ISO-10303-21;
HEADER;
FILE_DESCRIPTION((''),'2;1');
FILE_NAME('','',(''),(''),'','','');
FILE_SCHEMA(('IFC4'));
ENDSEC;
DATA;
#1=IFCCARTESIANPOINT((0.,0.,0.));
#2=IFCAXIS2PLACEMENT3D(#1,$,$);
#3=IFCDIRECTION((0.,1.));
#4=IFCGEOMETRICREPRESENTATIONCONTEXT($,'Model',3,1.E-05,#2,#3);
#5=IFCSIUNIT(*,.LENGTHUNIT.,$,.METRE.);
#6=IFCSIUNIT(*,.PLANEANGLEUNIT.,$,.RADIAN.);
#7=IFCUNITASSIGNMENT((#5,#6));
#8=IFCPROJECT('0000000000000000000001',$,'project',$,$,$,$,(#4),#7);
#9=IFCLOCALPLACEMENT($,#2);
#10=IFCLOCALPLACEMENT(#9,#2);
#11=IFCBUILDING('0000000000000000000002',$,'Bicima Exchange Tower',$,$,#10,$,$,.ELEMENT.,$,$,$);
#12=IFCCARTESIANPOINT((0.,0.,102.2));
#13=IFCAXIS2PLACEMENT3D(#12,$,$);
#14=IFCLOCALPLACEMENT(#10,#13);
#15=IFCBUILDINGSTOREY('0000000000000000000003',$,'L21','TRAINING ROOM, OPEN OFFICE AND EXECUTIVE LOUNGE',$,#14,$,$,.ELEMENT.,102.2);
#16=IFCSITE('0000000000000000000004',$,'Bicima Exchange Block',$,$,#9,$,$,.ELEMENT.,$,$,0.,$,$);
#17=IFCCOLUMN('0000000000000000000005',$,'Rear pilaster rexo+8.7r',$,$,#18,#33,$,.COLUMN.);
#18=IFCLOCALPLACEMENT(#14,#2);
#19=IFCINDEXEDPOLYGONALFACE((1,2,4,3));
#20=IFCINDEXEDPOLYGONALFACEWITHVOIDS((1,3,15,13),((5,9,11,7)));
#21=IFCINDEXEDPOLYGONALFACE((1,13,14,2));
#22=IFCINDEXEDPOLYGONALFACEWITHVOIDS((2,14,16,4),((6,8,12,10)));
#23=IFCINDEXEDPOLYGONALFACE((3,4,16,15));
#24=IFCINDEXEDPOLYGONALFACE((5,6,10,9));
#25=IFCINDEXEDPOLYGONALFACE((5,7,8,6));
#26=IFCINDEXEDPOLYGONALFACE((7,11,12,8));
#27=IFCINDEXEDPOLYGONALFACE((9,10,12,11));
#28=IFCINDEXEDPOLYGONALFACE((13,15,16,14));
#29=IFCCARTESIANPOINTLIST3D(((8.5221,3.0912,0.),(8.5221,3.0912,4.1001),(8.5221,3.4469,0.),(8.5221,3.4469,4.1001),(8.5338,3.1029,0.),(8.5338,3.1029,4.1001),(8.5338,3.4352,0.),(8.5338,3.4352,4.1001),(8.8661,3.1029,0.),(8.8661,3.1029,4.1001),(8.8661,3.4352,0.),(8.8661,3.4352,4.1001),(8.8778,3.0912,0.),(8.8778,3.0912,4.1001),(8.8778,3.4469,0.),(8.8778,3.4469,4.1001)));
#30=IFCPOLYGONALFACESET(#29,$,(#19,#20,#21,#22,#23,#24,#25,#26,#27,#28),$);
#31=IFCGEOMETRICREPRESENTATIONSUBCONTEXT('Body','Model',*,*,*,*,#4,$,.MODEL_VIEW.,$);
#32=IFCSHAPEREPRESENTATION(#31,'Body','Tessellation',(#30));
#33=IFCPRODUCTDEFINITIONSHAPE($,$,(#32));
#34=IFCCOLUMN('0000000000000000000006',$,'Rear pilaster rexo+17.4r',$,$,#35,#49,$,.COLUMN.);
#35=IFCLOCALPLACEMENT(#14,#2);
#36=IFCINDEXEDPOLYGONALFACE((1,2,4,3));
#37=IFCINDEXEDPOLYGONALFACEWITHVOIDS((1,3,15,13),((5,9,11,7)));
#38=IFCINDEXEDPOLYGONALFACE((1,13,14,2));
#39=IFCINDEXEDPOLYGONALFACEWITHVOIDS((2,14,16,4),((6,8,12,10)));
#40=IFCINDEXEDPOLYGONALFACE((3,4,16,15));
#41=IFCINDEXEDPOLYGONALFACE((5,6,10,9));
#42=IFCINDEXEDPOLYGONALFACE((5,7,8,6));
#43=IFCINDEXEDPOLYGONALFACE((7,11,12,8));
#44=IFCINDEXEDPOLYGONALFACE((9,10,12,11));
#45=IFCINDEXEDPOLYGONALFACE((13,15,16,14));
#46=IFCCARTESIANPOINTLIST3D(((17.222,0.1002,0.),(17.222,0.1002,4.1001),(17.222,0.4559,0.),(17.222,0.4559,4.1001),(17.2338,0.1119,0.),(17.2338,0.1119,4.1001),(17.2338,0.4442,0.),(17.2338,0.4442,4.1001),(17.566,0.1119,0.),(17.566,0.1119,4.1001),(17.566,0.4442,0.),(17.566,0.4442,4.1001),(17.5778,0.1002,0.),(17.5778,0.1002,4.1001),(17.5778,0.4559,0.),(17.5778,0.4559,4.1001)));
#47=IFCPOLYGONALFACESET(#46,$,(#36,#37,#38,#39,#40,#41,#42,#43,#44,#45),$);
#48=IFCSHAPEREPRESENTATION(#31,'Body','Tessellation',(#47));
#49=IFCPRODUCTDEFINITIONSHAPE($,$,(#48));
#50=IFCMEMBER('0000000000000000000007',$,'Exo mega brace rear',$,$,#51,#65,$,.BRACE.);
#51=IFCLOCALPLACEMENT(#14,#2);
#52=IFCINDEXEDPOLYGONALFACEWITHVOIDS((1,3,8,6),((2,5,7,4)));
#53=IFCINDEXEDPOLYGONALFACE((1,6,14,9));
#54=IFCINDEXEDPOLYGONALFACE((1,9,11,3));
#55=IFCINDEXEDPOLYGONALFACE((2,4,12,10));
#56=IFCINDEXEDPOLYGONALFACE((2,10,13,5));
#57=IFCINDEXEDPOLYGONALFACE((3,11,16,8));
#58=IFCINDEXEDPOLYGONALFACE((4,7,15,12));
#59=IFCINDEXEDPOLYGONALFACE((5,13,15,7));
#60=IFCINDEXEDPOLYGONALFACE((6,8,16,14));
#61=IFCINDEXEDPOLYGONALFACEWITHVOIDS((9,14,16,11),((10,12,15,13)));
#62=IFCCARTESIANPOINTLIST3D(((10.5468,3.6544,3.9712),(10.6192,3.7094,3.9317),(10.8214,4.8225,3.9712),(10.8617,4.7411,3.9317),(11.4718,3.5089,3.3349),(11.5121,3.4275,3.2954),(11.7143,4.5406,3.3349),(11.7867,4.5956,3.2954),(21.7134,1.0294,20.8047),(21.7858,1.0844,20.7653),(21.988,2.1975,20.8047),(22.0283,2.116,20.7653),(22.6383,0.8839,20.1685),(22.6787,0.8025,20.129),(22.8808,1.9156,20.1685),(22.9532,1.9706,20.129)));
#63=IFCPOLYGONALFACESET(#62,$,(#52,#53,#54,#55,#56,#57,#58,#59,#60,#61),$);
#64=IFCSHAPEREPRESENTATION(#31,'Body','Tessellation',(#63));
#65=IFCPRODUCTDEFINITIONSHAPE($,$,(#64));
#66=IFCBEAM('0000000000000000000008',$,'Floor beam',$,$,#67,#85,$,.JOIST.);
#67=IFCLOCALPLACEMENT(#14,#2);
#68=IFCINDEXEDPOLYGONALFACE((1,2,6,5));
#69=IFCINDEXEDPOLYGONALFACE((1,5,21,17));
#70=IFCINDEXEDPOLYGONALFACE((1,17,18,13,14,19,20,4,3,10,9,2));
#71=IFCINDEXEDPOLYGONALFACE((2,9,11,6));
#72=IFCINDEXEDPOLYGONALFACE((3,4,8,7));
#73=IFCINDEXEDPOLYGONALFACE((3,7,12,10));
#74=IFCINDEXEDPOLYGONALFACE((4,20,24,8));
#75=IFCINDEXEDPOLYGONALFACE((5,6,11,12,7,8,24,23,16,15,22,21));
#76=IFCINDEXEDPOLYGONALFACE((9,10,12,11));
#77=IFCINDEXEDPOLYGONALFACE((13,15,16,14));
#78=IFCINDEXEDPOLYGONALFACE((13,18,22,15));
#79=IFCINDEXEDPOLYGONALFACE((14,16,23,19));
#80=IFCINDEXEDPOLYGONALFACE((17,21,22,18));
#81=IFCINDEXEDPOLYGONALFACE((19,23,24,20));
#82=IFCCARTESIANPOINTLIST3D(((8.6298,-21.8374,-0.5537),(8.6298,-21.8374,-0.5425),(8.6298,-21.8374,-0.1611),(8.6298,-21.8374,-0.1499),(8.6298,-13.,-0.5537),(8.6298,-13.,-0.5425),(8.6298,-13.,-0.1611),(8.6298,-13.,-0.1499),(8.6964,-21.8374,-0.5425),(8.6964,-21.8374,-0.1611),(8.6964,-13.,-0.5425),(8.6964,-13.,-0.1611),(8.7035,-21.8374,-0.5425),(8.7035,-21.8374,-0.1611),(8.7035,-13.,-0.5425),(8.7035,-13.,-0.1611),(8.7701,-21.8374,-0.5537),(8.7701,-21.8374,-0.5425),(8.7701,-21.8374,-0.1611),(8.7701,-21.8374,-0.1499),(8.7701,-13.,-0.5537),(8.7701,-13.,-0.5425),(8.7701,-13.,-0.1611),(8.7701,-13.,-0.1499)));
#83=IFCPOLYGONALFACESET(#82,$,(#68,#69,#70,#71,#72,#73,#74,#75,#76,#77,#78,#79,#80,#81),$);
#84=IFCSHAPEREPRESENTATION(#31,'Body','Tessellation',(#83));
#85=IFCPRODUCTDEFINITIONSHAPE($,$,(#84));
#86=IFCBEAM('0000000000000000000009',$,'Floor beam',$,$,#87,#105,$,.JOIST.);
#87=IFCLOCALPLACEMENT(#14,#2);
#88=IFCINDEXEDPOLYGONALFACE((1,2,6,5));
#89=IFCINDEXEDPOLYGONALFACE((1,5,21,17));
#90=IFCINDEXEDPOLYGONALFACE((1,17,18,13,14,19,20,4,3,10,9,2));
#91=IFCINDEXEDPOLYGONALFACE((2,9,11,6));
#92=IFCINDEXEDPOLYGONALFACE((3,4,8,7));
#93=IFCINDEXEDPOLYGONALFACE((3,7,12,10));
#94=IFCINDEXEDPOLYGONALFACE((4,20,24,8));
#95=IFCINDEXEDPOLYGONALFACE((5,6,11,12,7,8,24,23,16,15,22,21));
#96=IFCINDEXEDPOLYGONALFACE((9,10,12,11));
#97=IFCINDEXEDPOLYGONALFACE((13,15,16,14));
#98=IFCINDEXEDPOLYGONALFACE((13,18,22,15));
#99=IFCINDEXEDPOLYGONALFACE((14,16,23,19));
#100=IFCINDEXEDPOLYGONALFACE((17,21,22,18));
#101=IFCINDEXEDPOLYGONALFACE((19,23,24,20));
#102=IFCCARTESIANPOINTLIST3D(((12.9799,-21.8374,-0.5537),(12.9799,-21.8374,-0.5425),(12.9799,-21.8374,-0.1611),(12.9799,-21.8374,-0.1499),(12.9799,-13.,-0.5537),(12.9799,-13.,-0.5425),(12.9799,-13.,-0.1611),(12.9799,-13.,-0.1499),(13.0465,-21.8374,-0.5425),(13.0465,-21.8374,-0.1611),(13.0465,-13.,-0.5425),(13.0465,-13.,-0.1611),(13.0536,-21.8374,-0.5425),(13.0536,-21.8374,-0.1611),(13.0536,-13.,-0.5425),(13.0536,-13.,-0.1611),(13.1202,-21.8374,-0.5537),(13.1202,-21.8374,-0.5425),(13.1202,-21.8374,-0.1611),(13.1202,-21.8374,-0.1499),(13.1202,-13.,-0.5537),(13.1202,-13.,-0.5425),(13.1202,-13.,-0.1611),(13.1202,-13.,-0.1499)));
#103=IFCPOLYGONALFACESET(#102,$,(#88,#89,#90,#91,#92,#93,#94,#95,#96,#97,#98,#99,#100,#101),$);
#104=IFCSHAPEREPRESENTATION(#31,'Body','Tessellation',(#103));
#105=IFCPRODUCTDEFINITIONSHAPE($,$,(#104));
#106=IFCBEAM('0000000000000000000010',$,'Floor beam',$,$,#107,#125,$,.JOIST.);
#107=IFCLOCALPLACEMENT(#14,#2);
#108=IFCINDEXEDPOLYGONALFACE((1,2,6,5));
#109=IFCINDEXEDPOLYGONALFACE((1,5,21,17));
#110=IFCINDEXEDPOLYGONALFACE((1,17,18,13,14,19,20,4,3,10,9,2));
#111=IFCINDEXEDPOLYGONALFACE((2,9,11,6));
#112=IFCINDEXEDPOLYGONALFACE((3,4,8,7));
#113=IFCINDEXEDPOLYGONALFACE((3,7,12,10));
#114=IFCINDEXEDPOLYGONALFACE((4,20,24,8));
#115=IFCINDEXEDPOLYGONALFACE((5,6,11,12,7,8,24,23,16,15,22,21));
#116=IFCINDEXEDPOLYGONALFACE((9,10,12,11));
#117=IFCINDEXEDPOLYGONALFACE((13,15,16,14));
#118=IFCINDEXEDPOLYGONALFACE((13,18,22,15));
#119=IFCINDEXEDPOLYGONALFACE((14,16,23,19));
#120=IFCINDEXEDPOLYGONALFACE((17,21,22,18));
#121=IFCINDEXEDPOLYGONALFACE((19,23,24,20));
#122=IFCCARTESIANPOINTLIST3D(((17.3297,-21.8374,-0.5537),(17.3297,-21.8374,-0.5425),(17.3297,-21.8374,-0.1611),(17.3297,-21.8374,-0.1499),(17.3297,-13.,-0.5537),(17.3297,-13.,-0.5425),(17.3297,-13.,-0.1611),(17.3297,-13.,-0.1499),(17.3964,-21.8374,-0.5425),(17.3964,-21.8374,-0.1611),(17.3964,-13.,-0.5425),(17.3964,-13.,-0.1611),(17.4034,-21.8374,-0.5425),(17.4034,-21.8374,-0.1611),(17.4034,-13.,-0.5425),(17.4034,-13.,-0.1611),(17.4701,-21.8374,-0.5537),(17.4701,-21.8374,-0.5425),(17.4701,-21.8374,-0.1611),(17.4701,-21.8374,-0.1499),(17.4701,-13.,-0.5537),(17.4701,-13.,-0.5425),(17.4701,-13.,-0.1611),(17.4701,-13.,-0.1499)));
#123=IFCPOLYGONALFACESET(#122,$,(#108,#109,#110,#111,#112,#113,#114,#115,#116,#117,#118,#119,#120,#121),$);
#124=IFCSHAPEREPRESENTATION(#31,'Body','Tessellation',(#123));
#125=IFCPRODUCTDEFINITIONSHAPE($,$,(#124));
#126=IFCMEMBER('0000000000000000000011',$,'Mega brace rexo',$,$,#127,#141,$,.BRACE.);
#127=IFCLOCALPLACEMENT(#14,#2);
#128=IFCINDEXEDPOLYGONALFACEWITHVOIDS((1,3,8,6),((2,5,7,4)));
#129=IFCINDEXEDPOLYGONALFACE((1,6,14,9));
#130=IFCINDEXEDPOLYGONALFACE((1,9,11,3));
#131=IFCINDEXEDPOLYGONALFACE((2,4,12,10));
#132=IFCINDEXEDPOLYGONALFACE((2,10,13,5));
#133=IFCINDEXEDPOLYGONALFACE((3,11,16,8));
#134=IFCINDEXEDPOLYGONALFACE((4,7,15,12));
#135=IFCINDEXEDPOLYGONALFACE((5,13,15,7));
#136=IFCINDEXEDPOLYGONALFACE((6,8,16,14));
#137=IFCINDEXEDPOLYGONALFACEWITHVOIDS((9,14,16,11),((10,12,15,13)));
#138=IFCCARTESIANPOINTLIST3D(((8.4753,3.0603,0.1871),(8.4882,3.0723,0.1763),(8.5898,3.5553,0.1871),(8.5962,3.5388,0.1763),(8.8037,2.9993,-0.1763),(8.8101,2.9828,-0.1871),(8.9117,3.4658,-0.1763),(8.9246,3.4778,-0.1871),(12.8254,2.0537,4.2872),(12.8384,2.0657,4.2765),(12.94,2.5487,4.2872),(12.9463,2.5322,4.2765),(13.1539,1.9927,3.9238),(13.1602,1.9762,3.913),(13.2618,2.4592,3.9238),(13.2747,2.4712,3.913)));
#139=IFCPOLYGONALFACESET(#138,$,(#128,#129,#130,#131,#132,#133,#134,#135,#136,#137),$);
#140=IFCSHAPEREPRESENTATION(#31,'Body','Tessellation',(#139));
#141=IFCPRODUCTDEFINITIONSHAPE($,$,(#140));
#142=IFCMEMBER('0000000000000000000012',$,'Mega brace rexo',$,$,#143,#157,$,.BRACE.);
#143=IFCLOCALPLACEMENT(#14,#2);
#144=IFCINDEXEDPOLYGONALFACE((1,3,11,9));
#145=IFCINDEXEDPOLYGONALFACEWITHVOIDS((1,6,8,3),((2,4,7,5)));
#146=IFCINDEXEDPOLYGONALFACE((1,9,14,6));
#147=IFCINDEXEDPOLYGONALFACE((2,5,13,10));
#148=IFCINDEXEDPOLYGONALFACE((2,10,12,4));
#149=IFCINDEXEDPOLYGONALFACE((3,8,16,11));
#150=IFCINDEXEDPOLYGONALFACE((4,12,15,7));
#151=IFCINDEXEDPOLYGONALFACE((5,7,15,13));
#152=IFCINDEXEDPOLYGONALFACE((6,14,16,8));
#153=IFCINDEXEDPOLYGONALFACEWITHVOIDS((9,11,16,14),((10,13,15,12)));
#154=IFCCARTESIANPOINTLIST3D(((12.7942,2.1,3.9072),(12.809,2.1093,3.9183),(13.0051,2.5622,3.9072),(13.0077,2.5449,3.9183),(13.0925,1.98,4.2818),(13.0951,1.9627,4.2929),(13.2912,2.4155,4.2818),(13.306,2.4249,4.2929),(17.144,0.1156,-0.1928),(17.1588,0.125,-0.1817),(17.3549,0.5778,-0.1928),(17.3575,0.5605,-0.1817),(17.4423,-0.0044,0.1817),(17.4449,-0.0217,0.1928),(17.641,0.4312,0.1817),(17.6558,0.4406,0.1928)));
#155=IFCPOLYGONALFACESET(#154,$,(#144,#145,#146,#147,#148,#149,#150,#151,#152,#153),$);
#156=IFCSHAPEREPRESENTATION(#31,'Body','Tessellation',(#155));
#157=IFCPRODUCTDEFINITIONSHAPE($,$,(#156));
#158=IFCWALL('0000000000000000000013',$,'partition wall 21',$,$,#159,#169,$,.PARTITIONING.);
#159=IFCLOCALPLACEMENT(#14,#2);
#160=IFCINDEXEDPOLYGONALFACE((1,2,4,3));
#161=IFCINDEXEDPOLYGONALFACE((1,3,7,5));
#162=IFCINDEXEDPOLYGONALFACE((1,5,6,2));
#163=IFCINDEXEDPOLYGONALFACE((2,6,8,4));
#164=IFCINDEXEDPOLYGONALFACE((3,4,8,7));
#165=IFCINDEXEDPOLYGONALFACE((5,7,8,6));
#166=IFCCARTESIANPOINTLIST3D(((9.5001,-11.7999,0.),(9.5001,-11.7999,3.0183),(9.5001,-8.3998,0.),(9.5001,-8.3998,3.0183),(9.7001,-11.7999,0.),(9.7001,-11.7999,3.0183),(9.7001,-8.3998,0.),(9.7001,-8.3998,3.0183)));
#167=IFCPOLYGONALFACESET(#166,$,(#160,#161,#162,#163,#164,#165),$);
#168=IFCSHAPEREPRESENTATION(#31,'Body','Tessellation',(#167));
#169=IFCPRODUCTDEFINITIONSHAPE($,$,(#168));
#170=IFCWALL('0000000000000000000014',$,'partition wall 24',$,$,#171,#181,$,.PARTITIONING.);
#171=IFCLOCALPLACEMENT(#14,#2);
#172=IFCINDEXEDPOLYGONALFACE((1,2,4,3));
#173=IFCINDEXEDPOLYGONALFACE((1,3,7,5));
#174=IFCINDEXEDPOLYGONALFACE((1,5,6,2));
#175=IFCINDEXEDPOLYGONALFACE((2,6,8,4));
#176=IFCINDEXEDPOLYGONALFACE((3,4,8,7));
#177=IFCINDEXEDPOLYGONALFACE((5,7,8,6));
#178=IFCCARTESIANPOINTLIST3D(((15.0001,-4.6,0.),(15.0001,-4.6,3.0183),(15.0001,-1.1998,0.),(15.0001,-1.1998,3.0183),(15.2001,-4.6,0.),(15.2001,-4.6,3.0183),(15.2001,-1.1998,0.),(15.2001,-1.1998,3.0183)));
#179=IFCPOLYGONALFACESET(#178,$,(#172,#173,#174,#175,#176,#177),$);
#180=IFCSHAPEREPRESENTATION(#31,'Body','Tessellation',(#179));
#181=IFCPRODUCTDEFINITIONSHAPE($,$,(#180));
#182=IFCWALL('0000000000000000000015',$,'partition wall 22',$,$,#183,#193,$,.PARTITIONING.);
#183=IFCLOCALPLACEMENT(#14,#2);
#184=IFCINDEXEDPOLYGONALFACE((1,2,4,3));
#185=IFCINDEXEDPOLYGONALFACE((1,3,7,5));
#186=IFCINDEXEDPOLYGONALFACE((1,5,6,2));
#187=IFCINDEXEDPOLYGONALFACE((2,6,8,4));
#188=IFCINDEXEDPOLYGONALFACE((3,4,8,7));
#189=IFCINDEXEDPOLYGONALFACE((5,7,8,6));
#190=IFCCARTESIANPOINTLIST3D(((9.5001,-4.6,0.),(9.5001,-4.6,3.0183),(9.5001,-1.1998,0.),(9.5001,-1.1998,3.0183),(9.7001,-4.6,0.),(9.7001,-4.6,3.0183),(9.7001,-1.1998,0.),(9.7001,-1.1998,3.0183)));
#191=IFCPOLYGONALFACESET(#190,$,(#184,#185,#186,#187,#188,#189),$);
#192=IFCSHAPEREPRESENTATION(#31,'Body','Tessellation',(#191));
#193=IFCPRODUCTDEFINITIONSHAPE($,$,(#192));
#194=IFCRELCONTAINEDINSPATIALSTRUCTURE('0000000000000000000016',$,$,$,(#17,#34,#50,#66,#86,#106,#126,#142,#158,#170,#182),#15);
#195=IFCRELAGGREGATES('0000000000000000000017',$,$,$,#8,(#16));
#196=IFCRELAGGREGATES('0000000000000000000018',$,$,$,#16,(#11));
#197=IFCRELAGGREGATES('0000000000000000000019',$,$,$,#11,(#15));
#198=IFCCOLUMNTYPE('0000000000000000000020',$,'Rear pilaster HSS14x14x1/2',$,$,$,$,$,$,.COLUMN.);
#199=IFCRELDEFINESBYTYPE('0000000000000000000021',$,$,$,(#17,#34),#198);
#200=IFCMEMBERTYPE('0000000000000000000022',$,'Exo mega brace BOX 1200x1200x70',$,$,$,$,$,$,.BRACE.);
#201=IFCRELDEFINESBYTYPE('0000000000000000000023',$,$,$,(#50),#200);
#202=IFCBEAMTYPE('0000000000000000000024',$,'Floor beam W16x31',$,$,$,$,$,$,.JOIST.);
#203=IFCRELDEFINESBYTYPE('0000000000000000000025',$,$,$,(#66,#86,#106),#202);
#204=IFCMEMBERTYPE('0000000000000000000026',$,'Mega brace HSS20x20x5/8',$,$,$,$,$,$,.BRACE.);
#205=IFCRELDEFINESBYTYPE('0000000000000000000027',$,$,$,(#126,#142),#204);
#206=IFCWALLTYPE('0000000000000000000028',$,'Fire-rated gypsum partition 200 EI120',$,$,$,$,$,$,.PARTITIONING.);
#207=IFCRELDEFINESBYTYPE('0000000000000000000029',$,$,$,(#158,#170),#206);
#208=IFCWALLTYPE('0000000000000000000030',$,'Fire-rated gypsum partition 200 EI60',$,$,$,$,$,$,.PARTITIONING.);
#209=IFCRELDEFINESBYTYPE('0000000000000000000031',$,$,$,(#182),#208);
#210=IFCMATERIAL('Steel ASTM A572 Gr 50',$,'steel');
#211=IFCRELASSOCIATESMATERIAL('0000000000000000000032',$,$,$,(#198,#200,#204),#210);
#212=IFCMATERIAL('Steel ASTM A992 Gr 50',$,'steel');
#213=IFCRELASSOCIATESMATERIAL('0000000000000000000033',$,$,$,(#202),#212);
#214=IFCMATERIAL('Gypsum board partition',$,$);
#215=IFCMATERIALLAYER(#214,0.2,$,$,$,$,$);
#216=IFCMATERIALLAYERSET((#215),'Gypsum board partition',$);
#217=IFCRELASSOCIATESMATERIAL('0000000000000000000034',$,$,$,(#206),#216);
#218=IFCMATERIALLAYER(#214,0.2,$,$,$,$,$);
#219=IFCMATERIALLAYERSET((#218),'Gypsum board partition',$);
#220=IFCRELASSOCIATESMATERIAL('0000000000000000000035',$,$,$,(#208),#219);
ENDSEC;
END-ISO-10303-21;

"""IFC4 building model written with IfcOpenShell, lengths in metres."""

from ifc_helpers import new_model, si_unit, direction, frame, frame_2d, origin, origin_2d, place, context, subcontext, project, spatial, rectangle, hollow_rectangle, i_section, extrude, material, layer, layer_set, material_profile, profile_set, type_object, element, save


model = new_model("IFC4")

# Units and contexts
model_context = context("Model", 3, precision=1e-05, world=origin(), true_north=direction((0.0, 1.0)))
body_context = subcontext(model_context, "Body", "Model", "MODEL_VIEW")
ifc_project = project(units=[si_unit("LENGTHUNIT", "METRE"), si_unit("PLANEANGLEUNIT", "RADIAN")], contexts=[model_context])

# Site, building, storey
site_placement = place(None, origin())
site = spatial("IfcSite", under=ifc_project, at=site_placement, Name="Bicima Exchange Block", CompositionType="ELEMENT", RefElevation=0.0)
building_placement = place(site_placement, origin())
building = spatial("IfcBuilding", under=site, at=building_placement, Name="Bicima Exchange Tower", CompositionType="ELEMENT")
storey_placement = place(building_placement, frame((0.0, 0.0, 102.2)))
storey = spatial("IfcBuildingStorey", under=building, at=storey_placement, Name="L21", Description="TRAINING ROOM, OPEN OFFICE AND EXECUTIVE LOUNGE", CompositionType="ELEMENT", Elevation=102.2)

# Columns
ifc_material_1 = material(Name="Steel ASTM A572 Gr 50", Category="steel")
ifc_material_profile_1 = material_profile(ifc_material_1, hollow_rectangle(XDim=0.3557, YDim=0.3557, WallThickness=0.0117, at=origin_2d()))
ifc_profile_set_1 = profile_set([ifc_material_profile_1], Name="Steel ASTM A572 Gr 50")
column_type = type_object("IfcColumnType", Name="Rear pilaster HSS14x14x1/2", PredefinedType="COLUMN", material=ifc_profile_set_1)
for number, where, z_axis, x_axis, name in (
    (1, (8.7, 3.269, 0.0), (0.0, 0.0, 1.0), (1.0, 0.0, 0.0), "Rear pilaster rexo+8.7r"),
    (2, (17.3999, 0.2781, 0.0), (0.0, 0.0, 1.0), (1.0, 0.0, 0.0), "Rear pilaster rexo+17.4r"),
):
    element("IfcColumn", number, at=place(storey_placement, frame(where, z_axis=z_axis, x_axis=x_axis)), inside=storey, type_object=column_type, Name=name, PredefinedType="COLUMN", context=body_context, shape_type="SweptSolid", body=[
        extrude(hollow_rectangle(XDim=0.3557, YDim=0.3557, WallThickness=0.0117, at=origin_2d()), origin(), (0.0, 0.0, 1.0), 4.1001),
    ])

# Member
ifc_material_profile_2 = material_profile(ifc_material_1, hollow_rectangle(XDim=1.2, YDim=1.2, WallThickness=0.0701, at=origin_2d()))
ifc_profile_set_2 = profile_set([ifc_material_profile_2], Name="Steel ASTM A572 Gr 50")
member_type_1 = type_object("IfcMemberType", Name="Exo mega brace BOX 1200x1200x70", PredefinedType="BRACE", material=ifc_profile_set_2)
member_1_placement = place(storey_placement, frame((11.1667, 4.125, 3.6333), z_axis=(0.548176, -0.128864, 0.826376), x_axis=(0.22884, 0.973464, 0.0)))
element("IfcMember", 3, at=member_1_placement, inside=storey, type_object=member_type_1, Name="Exo mega brace rear", PredefinedType="BRACE", context=body_context, shape_type="SweptSolid", body=[
    extrude(hollow_rectangle(XDim=1.2, YDim=1.2, WallThickness=0.0701, at=origin_2d()), origin(), (0.0, 0.0, 1.0), 20.3704),
])

# Beams
ifc_material_2 = material(Name="Steel ASTM A992 Gr 50", Category="steel")
ifc_material_profile_3 = material_profile(ifc_material_2, i_section(OverallWidth=0.1404, OverallDepth=0.4038, WebThickness=0.0071, FlangeThickness=0.0112, at=origin_2d()))
ifc_profile_set_3 = profile_set([ifc_material_profile_3], Name="Steel ASTM A992 Gr 50")
beam_type = type_object("IfcBeamType", Name="Floor beam W16x31", PredefinedType="JOIST", material=ifc_profile_set_3)
for number, where, z_axis, x_axis, name in (
    (4, (8.7, -13.0, -0.3518), (0.0, -1.0, 0.0), (1.0, 0.0, 0.0), "Floor beam"),
    (5, (13.05, -13.0, -0.3518), (0.0, -1.0, 0.0), (1.0, 0.0, 0.0), "Floor beam"),
    (6, (17.3999, -13.0, -0.3518), (0.0, -1.0, 0.0), (1.0, 0.0, 0.0), "Floor beam"),
):
    element("IfcBeam", number, at=place(storey_placement, frame(where, z_axis=z_axis, x_axis=x_axis)), inside=storey, type_object=beam_type, Name=name, PredefinedType="JOIST", context=body_context, shape_type="SweptSolid", body=[
        extrude(i_section(OverallWidth=0.1404, OverallDepth=0.4038, WebThickness=0.0071, FlangeThickness=0.0112, at=origin_2d()), origin(), (0.0, 0.0, 1.0), 8.8374),
    ])

# Members
ifc_material_profile_4 = material_profile(ifc_material_1, hollow_rectangle(XDim=0.5081, YDim=0.5081, WallThickness=0.0146, at=origin_2d()))
ifc_profile_set_4 = profile_set([ifc_material_profile_4], Name="Steel ASTM A572 Gr 50")
member_type_2 = type_object("IfcMemberType", Name="Mega brace HSS20x20x5/8", PredefinedType="BRACE", material=ifc_profile_set_4)
member_2_placement = place(storey_placement, frame((8.7, 3.269, 0.0), z_axis=(0.717606, -0.166051, 0.676365), x_axis=(0.225439, 0.974257, 0.0)))
element("IfcMember", 7, at=member_2_placement, inside=storey, type_object=member_type_2, Name="Mega brace rexo", PredefinedType="BRACE", context=body_context, shape_type="SweptSolid", body=[
    extrude(hollow_rectangle(XDim=0.5081, YDim=0.5081, WallThickness=0.0146, at=origin_2d()), origin(), (0.0, 0.0, 1.0), 6.062),
])
member_3_placement = place(storey_placement, frame((17.3999, 0.2781, 0.0), z_axis=(-0.690629, 0.31506, 0.650975), x_axis=(-0.415045, -0.909801, 0.0)))
element("IfcMember", 8, at=member_3_placement, inside=storey, type_object=member_type_2, Name="Mega brace rexo", PredefinedType="BRACE", context=body_context, shape_type="SweptSolid", body=[
    extrude(hollow_rectangle(XDim=0.5081, YDim=0.5081, WallThickness=0.0146, at=origin_2d()), origin(), (0.0, 0.0, 1.0), 6.2983),
])

# Walls
ifc_material_3 = material(Name="Gypsum board partition")
ifc_layer_1 = layer(ifc_material_3, 0.2)
ifc_layer_set_1 = layer_set([ifc_layer_1], Name="Gypsum board partition")
wall_type_1 = type_object("IfcWallType", Name="Fire-rated gypsum partition 200 EI120", PredefinedType="PARTITIONING", material=ifc_layer_set_1)
for number, where, z_axis, x_axis, name in (
    (9, (9.6001, -11.8, 0.0), (0.0, 0.0, 1.0), (0.0, 1.0, 0.0), "partition wall 21"),
    (10, (15.1001, -4.6001, 0.0), (0.0, 0.0, 1.0), (0.0, 1.0, 0.0), "partition wall 24"),
):
    element("IfcWall", number, at=place(storey_placement, frame(where, z_axis=z_axis, x_axis=x_axis)), inside=storey, type_object=wall_type_1, Name=name, PredefinedType="PARTITIONING", context=body_context, shape_type="SweptSolid", body=[
        extrude(rectangle(XDim=3.4001, YDim=0.2, at=frame_2d((1.7002, 0.0))), origin(), (0.0, 0.0, 1.0), 3.0183),
    ])
ifc_layer_2 = layer(ifc_material_3, 0.2)
ifc_layer_set_2 = layer_set([ifc_layer_2], Name="Gypsum board partition")
wall_type_2 = type_object("IfcWallType", Name="Fire-rated gypsum partition 200 EI60", PredefinedType="PARTITIONING", material=ifc_layer_set_2)
wall_1_placement = place(storey_placement, frame((9.6001, -4.6001, 0.0), z_axis=(0.0, 0.0, 1.0), x_axis=(0.0, 1.0, 0.0)))
element("IfcWall", 11, at=wall_1_placement, inside=storey, type_object=wall_type_2, Name="partition wall 22", PredefinedType="PARTITIONING", context=body_context, shape_type="SweptSolid", body=[
    extrude(rectangle(XDim=3.4001, YDim=0.2, at=frame_2d((1.7002, 0.0))), origin(), (0.0, 0.0, 1.0), 3.0183),
])

save(model, "model.ifc")
